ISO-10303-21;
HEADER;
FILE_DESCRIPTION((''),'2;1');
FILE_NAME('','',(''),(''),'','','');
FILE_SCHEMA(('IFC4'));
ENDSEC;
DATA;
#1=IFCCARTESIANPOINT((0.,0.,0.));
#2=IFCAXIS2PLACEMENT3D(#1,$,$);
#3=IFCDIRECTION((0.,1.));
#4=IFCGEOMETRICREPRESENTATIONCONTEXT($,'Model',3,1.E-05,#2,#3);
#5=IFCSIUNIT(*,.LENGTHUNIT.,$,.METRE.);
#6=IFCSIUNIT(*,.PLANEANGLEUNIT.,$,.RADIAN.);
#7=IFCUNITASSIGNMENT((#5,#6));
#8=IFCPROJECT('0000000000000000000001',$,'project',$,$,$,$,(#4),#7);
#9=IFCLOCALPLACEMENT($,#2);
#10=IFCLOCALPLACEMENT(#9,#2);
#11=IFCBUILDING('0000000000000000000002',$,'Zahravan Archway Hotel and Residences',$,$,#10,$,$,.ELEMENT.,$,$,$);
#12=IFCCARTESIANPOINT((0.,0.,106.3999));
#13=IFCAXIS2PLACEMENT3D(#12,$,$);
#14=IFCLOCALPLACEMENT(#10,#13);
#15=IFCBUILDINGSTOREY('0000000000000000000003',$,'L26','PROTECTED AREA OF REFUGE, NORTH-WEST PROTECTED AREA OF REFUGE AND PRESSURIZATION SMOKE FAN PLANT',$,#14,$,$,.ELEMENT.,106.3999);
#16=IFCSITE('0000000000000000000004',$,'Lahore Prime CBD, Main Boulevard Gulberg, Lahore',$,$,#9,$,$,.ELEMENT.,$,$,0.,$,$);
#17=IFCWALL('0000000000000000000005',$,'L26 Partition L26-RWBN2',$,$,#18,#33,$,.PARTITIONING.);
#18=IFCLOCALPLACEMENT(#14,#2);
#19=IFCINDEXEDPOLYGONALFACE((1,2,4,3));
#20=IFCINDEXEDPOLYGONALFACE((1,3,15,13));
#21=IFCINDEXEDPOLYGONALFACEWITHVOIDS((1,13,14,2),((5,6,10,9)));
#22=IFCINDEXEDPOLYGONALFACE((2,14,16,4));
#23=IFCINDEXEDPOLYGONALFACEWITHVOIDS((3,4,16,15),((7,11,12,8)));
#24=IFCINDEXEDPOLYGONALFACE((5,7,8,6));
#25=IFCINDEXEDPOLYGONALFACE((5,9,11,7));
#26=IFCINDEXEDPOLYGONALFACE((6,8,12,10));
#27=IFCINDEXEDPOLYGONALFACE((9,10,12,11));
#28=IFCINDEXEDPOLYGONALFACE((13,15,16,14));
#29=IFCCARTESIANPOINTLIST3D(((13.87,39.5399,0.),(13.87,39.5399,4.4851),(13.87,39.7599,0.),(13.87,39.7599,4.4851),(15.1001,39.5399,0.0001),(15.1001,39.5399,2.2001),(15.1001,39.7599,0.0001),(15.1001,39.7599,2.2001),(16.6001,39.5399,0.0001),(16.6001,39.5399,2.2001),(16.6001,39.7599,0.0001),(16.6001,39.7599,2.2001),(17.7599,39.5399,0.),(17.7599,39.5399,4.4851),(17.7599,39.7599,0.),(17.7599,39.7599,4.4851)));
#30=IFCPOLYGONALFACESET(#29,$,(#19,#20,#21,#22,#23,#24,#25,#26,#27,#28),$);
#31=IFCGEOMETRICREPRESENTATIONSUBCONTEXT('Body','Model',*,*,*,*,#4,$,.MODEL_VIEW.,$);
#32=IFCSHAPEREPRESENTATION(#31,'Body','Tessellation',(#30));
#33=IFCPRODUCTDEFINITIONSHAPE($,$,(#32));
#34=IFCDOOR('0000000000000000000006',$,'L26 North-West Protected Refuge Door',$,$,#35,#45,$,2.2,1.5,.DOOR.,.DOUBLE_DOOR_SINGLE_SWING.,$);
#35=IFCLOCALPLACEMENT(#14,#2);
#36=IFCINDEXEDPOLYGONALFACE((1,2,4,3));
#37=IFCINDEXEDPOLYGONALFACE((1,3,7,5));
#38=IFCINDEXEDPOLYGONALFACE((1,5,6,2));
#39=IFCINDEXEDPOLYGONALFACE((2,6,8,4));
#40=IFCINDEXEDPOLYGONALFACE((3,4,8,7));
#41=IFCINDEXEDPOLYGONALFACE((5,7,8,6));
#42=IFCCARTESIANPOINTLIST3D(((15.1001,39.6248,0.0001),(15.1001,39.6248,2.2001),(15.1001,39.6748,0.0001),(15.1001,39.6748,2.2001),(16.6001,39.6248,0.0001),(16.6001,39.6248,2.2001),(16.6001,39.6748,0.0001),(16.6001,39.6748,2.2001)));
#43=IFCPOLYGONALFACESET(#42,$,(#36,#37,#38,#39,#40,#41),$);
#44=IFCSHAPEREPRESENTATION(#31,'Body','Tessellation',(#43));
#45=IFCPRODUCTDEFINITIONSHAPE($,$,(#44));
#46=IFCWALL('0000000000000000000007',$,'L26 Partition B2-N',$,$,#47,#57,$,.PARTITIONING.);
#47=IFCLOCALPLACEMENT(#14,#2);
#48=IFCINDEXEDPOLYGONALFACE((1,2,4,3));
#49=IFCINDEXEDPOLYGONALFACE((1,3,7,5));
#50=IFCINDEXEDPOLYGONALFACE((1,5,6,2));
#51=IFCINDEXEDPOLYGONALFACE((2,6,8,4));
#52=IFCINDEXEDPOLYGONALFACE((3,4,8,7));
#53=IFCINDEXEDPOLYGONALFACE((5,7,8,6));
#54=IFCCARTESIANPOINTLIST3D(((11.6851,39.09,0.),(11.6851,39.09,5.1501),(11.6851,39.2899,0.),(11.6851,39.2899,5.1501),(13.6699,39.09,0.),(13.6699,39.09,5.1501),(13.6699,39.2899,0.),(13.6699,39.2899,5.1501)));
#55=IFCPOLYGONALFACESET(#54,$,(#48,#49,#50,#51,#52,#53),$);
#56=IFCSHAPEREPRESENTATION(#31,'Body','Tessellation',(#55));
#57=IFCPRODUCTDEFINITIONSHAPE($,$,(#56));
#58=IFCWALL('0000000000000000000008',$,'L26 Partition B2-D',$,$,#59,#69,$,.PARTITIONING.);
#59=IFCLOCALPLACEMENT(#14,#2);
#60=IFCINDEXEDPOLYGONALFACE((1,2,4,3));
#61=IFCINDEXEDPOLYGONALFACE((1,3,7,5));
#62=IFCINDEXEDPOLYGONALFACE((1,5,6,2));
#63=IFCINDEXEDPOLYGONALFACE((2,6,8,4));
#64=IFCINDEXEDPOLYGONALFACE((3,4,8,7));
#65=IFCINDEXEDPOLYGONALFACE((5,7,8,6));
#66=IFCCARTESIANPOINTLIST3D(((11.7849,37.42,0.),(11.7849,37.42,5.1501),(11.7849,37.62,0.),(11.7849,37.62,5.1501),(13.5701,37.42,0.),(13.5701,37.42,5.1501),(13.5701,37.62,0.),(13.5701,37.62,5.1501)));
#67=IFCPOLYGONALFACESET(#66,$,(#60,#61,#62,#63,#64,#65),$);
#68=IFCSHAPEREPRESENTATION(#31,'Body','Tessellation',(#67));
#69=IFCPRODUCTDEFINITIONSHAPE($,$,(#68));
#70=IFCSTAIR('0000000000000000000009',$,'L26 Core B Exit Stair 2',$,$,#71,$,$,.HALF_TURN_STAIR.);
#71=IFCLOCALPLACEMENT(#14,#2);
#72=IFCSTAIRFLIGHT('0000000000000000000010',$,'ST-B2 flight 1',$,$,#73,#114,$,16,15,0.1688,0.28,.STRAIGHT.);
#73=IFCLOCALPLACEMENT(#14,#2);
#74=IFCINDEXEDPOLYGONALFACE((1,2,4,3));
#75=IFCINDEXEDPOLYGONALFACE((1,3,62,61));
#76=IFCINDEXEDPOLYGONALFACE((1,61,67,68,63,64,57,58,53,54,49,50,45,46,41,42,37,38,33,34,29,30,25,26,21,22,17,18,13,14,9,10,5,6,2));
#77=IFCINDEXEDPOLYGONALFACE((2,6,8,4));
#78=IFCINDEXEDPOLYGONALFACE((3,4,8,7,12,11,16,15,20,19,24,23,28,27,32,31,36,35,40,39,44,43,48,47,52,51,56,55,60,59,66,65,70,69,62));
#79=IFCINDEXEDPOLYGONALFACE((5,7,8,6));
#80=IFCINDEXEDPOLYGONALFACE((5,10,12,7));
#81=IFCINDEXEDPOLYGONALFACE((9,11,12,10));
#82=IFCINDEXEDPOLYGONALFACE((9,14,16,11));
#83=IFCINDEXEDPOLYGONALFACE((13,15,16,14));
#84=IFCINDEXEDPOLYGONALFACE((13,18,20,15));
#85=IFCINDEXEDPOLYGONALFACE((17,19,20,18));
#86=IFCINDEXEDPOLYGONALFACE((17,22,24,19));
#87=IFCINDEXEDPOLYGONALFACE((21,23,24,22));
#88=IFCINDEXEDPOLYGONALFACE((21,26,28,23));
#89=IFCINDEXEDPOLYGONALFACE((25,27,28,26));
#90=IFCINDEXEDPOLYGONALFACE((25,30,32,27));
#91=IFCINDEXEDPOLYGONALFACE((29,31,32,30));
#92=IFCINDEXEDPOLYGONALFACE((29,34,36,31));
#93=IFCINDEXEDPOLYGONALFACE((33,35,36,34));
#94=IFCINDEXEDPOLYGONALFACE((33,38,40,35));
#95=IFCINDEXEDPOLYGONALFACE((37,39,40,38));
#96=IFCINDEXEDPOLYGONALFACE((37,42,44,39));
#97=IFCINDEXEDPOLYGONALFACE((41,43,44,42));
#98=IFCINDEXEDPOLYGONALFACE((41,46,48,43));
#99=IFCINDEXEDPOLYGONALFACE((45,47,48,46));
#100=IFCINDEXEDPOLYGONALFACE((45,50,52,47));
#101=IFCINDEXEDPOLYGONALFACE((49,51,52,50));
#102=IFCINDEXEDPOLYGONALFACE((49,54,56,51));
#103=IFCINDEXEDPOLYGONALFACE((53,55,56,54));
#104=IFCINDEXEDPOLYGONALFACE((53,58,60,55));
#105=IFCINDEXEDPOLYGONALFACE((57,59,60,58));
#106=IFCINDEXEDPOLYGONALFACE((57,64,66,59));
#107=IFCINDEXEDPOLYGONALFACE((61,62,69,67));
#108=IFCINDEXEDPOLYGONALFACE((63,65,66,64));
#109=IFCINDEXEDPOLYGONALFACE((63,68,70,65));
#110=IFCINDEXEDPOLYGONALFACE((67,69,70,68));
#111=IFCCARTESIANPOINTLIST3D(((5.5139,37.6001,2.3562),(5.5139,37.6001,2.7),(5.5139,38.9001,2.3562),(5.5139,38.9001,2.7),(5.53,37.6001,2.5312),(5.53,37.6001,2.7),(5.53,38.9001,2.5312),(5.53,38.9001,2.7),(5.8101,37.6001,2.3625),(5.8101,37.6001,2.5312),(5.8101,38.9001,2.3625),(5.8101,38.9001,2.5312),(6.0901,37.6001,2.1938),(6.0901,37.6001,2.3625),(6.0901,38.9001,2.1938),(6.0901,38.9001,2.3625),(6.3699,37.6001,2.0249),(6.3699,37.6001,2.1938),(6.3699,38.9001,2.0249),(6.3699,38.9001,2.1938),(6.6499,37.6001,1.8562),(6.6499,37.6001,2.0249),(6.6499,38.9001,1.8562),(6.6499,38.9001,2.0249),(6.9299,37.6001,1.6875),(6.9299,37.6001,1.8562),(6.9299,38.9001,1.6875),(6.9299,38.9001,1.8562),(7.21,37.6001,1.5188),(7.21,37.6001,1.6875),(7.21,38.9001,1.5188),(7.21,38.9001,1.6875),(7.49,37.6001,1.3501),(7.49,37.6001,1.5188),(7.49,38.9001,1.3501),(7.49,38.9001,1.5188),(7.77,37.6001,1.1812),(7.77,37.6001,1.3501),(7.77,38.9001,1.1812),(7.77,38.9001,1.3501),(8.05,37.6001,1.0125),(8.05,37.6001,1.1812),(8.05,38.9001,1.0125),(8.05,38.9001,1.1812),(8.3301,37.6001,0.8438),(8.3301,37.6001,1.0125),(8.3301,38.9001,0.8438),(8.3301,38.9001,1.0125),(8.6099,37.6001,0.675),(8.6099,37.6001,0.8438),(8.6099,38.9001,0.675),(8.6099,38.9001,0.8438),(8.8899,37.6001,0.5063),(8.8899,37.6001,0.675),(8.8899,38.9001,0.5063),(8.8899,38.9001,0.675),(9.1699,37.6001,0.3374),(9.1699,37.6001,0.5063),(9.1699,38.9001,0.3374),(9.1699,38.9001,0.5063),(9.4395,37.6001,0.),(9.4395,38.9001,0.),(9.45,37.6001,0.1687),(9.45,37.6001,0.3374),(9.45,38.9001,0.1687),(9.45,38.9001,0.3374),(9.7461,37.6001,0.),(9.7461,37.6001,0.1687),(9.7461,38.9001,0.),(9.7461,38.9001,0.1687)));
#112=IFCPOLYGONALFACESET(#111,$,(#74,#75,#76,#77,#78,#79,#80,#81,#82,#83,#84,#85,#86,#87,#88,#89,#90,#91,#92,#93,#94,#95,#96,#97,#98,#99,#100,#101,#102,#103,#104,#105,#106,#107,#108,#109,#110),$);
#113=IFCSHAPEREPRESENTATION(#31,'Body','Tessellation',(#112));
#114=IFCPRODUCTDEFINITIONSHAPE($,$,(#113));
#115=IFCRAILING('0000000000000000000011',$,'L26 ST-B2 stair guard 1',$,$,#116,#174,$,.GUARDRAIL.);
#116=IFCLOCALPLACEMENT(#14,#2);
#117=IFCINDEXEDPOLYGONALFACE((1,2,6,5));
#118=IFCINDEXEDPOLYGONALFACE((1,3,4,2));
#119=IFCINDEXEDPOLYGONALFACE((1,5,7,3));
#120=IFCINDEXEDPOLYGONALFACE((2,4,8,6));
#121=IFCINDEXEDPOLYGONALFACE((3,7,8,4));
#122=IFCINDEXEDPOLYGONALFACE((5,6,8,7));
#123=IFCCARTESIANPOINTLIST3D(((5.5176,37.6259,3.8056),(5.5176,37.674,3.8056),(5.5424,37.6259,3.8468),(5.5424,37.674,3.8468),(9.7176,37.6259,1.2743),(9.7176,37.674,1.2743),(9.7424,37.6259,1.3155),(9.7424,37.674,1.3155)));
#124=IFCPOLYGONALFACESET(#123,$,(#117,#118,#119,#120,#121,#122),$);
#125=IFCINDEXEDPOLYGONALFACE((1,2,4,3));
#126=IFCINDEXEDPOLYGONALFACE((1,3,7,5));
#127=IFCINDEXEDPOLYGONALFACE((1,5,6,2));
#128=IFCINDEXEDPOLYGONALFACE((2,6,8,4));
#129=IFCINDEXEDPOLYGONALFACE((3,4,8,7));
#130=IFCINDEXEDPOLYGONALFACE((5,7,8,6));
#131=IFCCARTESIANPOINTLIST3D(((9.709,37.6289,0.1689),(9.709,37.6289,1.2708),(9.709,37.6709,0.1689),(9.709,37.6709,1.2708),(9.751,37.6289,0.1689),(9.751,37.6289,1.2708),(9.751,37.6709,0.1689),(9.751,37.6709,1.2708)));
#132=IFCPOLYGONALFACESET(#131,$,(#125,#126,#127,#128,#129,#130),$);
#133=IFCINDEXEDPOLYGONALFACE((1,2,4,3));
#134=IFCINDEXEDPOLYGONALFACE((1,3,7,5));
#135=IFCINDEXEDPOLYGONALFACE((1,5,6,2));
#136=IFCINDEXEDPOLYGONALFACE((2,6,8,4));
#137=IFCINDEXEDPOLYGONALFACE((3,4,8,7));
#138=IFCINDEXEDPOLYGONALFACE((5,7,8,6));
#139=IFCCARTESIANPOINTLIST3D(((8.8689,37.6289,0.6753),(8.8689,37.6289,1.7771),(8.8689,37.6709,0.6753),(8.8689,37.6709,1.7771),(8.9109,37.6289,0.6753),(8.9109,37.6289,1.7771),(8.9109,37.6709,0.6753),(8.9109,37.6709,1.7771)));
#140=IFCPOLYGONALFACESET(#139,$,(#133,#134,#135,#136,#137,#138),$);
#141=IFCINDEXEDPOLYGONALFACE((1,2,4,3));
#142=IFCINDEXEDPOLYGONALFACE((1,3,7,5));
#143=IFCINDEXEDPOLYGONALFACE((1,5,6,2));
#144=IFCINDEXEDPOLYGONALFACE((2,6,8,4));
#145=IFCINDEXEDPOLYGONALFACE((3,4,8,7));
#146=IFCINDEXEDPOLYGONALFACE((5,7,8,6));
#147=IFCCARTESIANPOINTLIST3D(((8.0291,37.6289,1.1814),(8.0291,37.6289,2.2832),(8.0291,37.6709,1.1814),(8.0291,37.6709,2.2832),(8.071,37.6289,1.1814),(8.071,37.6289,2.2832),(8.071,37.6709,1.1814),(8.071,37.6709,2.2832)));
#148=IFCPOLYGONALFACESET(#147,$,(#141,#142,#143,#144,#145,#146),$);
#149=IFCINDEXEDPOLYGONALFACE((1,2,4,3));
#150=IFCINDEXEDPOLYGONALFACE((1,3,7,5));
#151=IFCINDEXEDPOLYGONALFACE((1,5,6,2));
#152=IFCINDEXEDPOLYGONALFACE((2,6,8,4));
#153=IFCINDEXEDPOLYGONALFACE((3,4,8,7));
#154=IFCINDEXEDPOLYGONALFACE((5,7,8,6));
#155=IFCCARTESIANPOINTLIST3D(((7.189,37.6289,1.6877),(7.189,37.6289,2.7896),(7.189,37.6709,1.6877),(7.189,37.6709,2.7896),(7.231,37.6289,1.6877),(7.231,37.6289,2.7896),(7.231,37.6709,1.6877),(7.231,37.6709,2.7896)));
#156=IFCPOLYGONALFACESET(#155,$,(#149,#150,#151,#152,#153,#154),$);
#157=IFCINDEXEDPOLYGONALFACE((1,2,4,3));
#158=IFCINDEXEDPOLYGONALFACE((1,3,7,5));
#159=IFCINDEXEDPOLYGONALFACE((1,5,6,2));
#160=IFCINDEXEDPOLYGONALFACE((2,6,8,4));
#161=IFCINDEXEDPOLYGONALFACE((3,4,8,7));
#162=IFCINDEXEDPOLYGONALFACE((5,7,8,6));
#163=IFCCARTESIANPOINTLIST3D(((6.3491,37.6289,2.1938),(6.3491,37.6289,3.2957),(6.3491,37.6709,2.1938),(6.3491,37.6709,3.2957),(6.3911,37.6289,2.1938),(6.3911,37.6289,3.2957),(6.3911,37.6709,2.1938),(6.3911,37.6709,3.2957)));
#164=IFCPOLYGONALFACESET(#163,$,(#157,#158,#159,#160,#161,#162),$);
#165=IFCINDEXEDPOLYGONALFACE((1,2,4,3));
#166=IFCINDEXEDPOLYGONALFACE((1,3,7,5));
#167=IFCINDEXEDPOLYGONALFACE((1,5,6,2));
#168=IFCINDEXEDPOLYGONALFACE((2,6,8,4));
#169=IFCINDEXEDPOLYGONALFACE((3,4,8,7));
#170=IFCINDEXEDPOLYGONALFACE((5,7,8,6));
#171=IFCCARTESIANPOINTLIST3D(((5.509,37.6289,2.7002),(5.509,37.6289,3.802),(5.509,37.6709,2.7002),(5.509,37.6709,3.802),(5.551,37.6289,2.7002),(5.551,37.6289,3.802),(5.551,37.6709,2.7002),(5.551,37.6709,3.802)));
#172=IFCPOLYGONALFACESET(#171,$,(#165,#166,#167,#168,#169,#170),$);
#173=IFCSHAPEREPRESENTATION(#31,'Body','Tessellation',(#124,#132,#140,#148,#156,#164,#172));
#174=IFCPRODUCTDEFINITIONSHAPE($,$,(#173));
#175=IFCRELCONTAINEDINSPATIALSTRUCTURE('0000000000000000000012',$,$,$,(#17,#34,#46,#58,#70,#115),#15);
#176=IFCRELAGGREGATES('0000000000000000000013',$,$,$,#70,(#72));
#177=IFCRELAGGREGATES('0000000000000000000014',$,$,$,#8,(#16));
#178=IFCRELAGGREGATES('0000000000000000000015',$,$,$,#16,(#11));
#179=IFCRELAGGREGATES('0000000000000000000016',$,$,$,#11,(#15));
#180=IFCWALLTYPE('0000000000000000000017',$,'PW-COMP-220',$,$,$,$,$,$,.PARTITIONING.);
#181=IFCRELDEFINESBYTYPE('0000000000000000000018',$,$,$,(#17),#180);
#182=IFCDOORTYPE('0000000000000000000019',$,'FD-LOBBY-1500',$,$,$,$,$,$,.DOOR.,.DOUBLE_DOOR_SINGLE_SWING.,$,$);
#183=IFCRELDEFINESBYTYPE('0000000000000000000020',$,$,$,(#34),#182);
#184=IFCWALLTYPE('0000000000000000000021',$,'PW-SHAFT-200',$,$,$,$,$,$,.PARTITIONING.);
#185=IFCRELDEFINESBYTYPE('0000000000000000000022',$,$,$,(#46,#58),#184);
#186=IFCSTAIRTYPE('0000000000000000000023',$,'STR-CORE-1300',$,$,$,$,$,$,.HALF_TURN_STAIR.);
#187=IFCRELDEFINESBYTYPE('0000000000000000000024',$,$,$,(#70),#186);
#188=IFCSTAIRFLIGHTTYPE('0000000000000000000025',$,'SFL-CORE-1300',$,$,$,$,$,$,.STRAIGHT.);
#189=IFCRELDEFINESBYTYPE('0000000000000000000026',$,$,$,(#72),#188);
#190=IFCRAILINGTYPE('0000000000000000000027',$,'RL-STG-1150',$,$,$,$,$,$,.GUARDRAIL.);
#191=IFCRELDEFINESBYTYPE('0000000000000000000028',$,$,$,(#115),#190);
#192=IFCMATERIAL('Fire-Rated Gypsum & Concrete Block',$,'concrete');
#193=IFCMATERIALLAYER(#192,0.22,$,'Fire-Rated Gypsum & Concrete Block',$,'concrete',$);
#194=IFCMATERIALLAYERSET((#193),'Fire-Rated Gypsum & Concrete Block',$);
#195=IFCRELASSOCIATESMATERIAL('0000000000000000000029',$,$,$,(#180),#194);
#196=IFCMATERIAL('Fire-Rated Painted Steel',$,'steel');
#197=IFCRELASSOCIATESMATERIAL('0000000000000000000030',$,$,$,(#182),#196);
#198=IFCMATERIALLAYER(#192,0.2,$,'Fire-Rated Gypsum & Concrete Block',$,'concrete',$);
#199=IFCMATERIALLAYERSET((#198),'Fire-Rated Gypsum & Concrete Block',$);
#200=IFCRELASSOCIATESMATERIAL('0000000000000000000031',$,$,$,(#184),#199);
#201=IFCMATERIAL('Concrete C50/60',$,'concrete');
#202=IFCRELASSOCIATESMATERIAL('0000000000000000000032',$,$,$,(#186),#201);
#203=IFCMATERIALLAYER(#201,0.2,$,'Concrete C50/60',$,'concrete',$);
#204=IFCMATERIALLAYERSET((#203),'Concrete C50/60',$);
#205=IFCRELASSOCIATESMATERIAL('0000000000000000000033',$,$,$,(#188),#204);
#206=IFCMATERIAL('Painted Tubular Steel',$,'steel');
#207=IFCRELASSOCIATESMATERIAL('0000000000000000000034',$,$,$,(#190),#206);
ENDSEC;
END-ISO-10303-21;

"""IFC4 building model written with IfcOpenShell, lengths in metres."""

from ifc_helpers import new_model, si_unit, direction, frame, frame_2d, origin, origin_2d, place, context, subcontext, project, spatial, polyline, rectangle, outline, extrude, source, transform, mapped, material, layer, layer_set, type_object, type_shapes, element, fill, aggregate, save


model = new_model("IFC4")

# Units and contexts
model_context = context("Model", 3, precision=1e-05, world=origin(), true_north=direction((0.0, 1.0)))
body_context = subcontext(model_context, "Body", "Model", "MODEL_VIEW")
ifc_project = project(units=[si_unit("LENGTHUNIT", "METRE"), si_unit("PLANEANGLEUNIT", "RADIAN")], contexts=[model_context])

# Site, building, storey
site_placement = place(None, origin())
site = spatial("IfcSite", under=ifc_project, at=site_placement, Name="Lahore Prime CBD, Main Boulevard Gulberg, Lahore", CompositionType="ELEMENT", RefElevation=0.0)
building_placement = place(site_placement, origin())
building = spatial("IfcBuilding", under=site, at=building_placement, Name="Zahravan Archway Hotel and Residences", CompositionType="ELEMENT")
storey_placement = place(building_placement, frame((0.0, 0.0, 106.3999)))
storey = spatial("IfcBuildingStorey", under=building, at=storey_placement, Name="L26", Description="PROTECTED AREA OF REFUGE, NORTH-WEST PROTECTED AREA OF REFUGE AND PRESSURIZATION SMOKE FAN PLANT", CompositionType="ELEMENT", Elevation=106.3999)

# Wall, opening, door
ifc_material_1 = material(Name="Fire-Rated Gypsum & Concrete Block", Category="concrete")
ifc_layer_1 = layer(ifc_material_1, 0.22, Name="Fire-Rated Gypsum & Concrete Block", Category="concrete")
ifc_layer_set_1 = layer_set([ifc_layer_1], Name="Fire-Rated Gypsum & Concrete Block")
wall_type_1 = type_object("IfcWallType", Name="PW-COMP-220", PredefinedType="PARTITIONING", material=ifc_layer_set_1)
wall_1_placement = place(storey_placement, frame((13.8701, 39.6499, 0.0), z_axis=(0.0, 0.0, 1.0), x_axis=(1.0, 0.0, 0.0)))
wall_1 = element("IfcWall", 1, at=wall_1_placement, inside=storey, type_object=wall_type_1, Name="L26 Partition L26-RWBN2", PredefinedType="PARTITIONING", context=body_context, shape_type="SweptSolid", body=[
    extrude(rectangle(XDim=3.8899, YDim=0.22, at=frame_2d((1.9448, 0.0))), origin(), (0.0, 0.0, 1.0), 4.4851),
])
opening_placement = place(wall_1_placement, frame((1.23, 0.0, 0.0)))
opening = element("IfcOpeningElement", 2, at=opening_placement, cuts=wall_1, PredefinedType="OPENING", context=body_context, shape_type="SweptSolid", body=[
    extrude(rectangle(XDim=1.5, YDim=2.2, at=frame_2d((0.75, 1.1001))), frame((0.0, 0.1201, 0.0), z_axis=(0.0, -1.0, 0.0), x_axis=(1.0, 0.0, 0.0)), (0.0, 0.0, 1.0), 0.24),
])
ifc_material_2 = material(Name="Fire-Rated Painted Steel", Category="steel")
door_type = type_object("IfcDoorType", Name="FD-LOBBY-1500", OperationType="DOUBLE_DOOR_SINGLE_SWING", PredefinedType="DOOR", material=ifc_material_2)
shared_shape_1 = source(origin(), body_context, "Body", "SweptSolid", [
    extrude(rectangle(XDim=1.5, YDim=2.2, at=frame_2d((0.75, 1.1001))), frame((0.0, 0.0249, 0.0), z_axis=(0.0, -1.0, 0.0), x_axis=(1.0, 0.0, 0.0)), (0.0, 0.0, 1.0), 0.05),
])
type_shapes(door_type, [shared_shape_1])
door_placement = place(opening_placement, origin())
door = element("IfcDoor", 3, at=door_placement, inside=storey, type_object=door_type, Name="L26 North-West Protected Refuge Door", OperationType="DOUBLE_DOOR_SINGLE_SWING", OverallHeight=2.2, OverallWidth=1.5, PredefinedType="DOOR", context=body_context, shape_type="MappedRepresentation", body=[
    mapped(shared_shape_1, transform((0.0, 0.0, 0.0), scale=1.0)),
])
fill(opening, door)

# Walls
ifc_layer_2 = layer(ifc_material_1, 0.2, Name="Fire-Rated Gypsum & Concrete Block", Category="concrete")
ifc_layer_set_2 = layer_set([ifc_layer_2], Name="Fire-Rated Gypsum & Concrete Block")
wall_type_2 = type_object("IfcWallType", Name="PW-SHAFT-200", PredefinedType="PARTITIONING", material=ifc_layer_set_2)
wall_2_placement = place(storey_placement, frame((11.6851, 39.1899, 0.0), z_axis=(0.0, 0.0, 1.0), x_axis=(1.0, 0.0, 0.0)))
element("IfcWall", 4, at=wall_2_placement, inside=storey, type_object=wall_type_2, Name="L26 Partition B2-N", PredefinedType="PARTITIONING", context=body_context, shape_type="SweptSolid", body=[
    extrude(rectangle(XDim=1.9849, YDim=0.2, at=frame_2d((0.9924, 0.0))), origin(), (0.0, 0.0, 1.0), 5.1501),
])
wall_3_placement = place(storey_placement, frame((11.7849, 37.52, 0.0), z_axis=(0.0, 0.0, 1.0), x_axis=(1.0, 0.0, 0.0)))
element("IfcWall", 5, at=wall_3_placement, inside=storey, type_object=wall_type_2, Name="L26 Partition B2-D", PredefinedType="PARTITIONING", context=body_context, shape_type="SweptSolid", body=[
    extrude(rectangle(XDim=1.7852, YDim=0.2, at=frame_2d((0.8926, 0.0))), origin(), (0.0, 0.0, 1.0), 5.1501),
])

# Stair, stair flight
ifc_material_3 = material(Name="Concrete C50/60", Category="concrete")
stair_type = type_object("IfcStairType", Name="STR-CORE-1300", PredefinedType="HALF_TURN_STAIR", material=ifc_material_3)
stair_placement = place(storey_placement, origin())
stair = element("IfcStair", 6, at=stair_placement, inside=storey, type_object=stair_type, Name="L26 Core B Exit Stair 2", PredefinedType="HALF_TURN_STAIR")
ifc_layer_3 = layer(ifc_material_3, 0.2, Name="Concrete C50/60", Category="concrete")
ifc_layer_set_3 = layer_set([ifc_layer_3], Name="Concrete C50/60")
stair_flight_type = type_object("IfcStairFlightType", Name="SFL-CORE-1300", PredefinedType="STRAIGHT", material=ifc_layer_set_3)
shared_shape_2 = source(origin(), body_context, "Body", "SweptSolid", [
    extrude(outline(polyline([(-0.0161, 0.0), (-0.0161, 0.1687), (0.28, 0.1687), (0.28, 0.3374), (0.5601, 0.3374), (0.5601, 0.5063), (0.8401, 0.5063), (0.8401, 0.675), (1.1201, 0.675), (1.1201, 0.8438), (1.3999, 0.8438), (1.3999, 1.0125), (1.6799, 1.0125), (1.6799, 1.1812), (1.96, 1.1812), (1.96, 1.3501), (2.24, 1.3501), (2.24, 1.5188), (2.52, 1.5188), (2.52, 1.6875), (2.8, 1.6875), (2.8, 1.8562), (3.0801, 1.8562), (3.0801, 2.0249), (3.3601, 2.0249), (3.3601, 2.1938), (3.6399, 2.1938), (3.6399, 2.3625), (3.9199, 2.3625), (3.9199, 2.5312), (4.2, 2.5312), (4.2, 2.7), (4.2161, 2.7), (4.2161, 2.3562), (0.2905, 0.0), (-0.0161, 0.0)])), frame((0.0, 0.6499, 0.0), z_axis=(0.0, -1.0, 0.0), x_axis=(1.0, 0.0, 0.0)), (0.0, 0.0, 1.0), 1.3),
])
stair_flight_placement = place(storey_placement, frame((9.73, 38.25, 0.0), z_axis=(0.0, 0.0, 1.0), x_axis=(-1.0, 0.0, 0.0)))
stair_flight = element("IfcStairFlight", 7, at=stair_flight_placement, type_object=stair_flight_type, Name="ST-B2 flight 1", NumberOfRisers=16, NumberOfTreads=15, PredefinedType="STRAIGHT", RiserHeight=0.1688, TreadLength=0.28, context=body_context, shape_type="MappedRepresentation", body=[
    mapped(shared_shape_2, transform((0.0, 0.0, 0.0), scale=1.0)),
])
aggregate(stair, [stair_flight])

# Railing
ifc_material_4 = material(Name="Painted Tubular Steel", Category="steel")
railing_type_1 = type_object("IfcRailingType", Name="RL-STG-1150", PredefinedType="GUARDRAIL", material=ifc_material_4)
railing_1_placement = place(storey_placement, frame((9.73, 37.6499, 0.1689)))
element("IfcRailing", 8, at=railing_1_placement, inside=storey, type_object=railing_type_1, Name="L26 ST-B2 stair guard 1", PredefinedType="GUARDRAIL", context=body_context, shape_type="SweptSolid", body=[
    extrude(rectangle(XDim=0.0481, YDim=0.0481, at=origin_2d()), frame((0.0, 0.0, 1.126), z_axis=(-0.856476, 0.0, 0.516186), x_axis=(0.0, -1.0, 0.0)), (0.0, 0.0, 1.0), 4.9038),
    extrude(rectangle(XDim=0.042, YDim=0.042, at=origin_2d()), origin(), (0.0, 0.0, 1.0), 1.1018),
    extrude(rectangle(XDim=0.042, YDim=0.042, at=origin_2d()), frame((-0.8401, 0.0, 0.5063)), (0.0, 0.0, 1.0), 1.1018),
    extrude(rectangle(XDim=0.042, YDim=0.042, at=origin_2d()), frame((-1.6799, 0.0, 1.0125)), (0.0, 0.0, 1.0), 1.1018),
    extrude(rectangle(XDim=0.042, YDim=0.042, at=origin_2d()), frame((-2.52, 0.0, 1.5188)), (0.0, 0.0, 1.0), 1.1018),
    extrude(rectangle(XDim=0.042, YDim=0.042, at=origin_2d()), frame((-3.3599, 0.0, 2.0249)), (0.0, 0.0, 1.0), 1.1018),
    extrude(rectangle(XDim=0.042, YDim=0.042, at=origin_2d()), frame((-4.2, 0.0, 2.5312)), (0.0, 0.0, 1.0), 1.1018),
])

save(model, "model.ifc")
